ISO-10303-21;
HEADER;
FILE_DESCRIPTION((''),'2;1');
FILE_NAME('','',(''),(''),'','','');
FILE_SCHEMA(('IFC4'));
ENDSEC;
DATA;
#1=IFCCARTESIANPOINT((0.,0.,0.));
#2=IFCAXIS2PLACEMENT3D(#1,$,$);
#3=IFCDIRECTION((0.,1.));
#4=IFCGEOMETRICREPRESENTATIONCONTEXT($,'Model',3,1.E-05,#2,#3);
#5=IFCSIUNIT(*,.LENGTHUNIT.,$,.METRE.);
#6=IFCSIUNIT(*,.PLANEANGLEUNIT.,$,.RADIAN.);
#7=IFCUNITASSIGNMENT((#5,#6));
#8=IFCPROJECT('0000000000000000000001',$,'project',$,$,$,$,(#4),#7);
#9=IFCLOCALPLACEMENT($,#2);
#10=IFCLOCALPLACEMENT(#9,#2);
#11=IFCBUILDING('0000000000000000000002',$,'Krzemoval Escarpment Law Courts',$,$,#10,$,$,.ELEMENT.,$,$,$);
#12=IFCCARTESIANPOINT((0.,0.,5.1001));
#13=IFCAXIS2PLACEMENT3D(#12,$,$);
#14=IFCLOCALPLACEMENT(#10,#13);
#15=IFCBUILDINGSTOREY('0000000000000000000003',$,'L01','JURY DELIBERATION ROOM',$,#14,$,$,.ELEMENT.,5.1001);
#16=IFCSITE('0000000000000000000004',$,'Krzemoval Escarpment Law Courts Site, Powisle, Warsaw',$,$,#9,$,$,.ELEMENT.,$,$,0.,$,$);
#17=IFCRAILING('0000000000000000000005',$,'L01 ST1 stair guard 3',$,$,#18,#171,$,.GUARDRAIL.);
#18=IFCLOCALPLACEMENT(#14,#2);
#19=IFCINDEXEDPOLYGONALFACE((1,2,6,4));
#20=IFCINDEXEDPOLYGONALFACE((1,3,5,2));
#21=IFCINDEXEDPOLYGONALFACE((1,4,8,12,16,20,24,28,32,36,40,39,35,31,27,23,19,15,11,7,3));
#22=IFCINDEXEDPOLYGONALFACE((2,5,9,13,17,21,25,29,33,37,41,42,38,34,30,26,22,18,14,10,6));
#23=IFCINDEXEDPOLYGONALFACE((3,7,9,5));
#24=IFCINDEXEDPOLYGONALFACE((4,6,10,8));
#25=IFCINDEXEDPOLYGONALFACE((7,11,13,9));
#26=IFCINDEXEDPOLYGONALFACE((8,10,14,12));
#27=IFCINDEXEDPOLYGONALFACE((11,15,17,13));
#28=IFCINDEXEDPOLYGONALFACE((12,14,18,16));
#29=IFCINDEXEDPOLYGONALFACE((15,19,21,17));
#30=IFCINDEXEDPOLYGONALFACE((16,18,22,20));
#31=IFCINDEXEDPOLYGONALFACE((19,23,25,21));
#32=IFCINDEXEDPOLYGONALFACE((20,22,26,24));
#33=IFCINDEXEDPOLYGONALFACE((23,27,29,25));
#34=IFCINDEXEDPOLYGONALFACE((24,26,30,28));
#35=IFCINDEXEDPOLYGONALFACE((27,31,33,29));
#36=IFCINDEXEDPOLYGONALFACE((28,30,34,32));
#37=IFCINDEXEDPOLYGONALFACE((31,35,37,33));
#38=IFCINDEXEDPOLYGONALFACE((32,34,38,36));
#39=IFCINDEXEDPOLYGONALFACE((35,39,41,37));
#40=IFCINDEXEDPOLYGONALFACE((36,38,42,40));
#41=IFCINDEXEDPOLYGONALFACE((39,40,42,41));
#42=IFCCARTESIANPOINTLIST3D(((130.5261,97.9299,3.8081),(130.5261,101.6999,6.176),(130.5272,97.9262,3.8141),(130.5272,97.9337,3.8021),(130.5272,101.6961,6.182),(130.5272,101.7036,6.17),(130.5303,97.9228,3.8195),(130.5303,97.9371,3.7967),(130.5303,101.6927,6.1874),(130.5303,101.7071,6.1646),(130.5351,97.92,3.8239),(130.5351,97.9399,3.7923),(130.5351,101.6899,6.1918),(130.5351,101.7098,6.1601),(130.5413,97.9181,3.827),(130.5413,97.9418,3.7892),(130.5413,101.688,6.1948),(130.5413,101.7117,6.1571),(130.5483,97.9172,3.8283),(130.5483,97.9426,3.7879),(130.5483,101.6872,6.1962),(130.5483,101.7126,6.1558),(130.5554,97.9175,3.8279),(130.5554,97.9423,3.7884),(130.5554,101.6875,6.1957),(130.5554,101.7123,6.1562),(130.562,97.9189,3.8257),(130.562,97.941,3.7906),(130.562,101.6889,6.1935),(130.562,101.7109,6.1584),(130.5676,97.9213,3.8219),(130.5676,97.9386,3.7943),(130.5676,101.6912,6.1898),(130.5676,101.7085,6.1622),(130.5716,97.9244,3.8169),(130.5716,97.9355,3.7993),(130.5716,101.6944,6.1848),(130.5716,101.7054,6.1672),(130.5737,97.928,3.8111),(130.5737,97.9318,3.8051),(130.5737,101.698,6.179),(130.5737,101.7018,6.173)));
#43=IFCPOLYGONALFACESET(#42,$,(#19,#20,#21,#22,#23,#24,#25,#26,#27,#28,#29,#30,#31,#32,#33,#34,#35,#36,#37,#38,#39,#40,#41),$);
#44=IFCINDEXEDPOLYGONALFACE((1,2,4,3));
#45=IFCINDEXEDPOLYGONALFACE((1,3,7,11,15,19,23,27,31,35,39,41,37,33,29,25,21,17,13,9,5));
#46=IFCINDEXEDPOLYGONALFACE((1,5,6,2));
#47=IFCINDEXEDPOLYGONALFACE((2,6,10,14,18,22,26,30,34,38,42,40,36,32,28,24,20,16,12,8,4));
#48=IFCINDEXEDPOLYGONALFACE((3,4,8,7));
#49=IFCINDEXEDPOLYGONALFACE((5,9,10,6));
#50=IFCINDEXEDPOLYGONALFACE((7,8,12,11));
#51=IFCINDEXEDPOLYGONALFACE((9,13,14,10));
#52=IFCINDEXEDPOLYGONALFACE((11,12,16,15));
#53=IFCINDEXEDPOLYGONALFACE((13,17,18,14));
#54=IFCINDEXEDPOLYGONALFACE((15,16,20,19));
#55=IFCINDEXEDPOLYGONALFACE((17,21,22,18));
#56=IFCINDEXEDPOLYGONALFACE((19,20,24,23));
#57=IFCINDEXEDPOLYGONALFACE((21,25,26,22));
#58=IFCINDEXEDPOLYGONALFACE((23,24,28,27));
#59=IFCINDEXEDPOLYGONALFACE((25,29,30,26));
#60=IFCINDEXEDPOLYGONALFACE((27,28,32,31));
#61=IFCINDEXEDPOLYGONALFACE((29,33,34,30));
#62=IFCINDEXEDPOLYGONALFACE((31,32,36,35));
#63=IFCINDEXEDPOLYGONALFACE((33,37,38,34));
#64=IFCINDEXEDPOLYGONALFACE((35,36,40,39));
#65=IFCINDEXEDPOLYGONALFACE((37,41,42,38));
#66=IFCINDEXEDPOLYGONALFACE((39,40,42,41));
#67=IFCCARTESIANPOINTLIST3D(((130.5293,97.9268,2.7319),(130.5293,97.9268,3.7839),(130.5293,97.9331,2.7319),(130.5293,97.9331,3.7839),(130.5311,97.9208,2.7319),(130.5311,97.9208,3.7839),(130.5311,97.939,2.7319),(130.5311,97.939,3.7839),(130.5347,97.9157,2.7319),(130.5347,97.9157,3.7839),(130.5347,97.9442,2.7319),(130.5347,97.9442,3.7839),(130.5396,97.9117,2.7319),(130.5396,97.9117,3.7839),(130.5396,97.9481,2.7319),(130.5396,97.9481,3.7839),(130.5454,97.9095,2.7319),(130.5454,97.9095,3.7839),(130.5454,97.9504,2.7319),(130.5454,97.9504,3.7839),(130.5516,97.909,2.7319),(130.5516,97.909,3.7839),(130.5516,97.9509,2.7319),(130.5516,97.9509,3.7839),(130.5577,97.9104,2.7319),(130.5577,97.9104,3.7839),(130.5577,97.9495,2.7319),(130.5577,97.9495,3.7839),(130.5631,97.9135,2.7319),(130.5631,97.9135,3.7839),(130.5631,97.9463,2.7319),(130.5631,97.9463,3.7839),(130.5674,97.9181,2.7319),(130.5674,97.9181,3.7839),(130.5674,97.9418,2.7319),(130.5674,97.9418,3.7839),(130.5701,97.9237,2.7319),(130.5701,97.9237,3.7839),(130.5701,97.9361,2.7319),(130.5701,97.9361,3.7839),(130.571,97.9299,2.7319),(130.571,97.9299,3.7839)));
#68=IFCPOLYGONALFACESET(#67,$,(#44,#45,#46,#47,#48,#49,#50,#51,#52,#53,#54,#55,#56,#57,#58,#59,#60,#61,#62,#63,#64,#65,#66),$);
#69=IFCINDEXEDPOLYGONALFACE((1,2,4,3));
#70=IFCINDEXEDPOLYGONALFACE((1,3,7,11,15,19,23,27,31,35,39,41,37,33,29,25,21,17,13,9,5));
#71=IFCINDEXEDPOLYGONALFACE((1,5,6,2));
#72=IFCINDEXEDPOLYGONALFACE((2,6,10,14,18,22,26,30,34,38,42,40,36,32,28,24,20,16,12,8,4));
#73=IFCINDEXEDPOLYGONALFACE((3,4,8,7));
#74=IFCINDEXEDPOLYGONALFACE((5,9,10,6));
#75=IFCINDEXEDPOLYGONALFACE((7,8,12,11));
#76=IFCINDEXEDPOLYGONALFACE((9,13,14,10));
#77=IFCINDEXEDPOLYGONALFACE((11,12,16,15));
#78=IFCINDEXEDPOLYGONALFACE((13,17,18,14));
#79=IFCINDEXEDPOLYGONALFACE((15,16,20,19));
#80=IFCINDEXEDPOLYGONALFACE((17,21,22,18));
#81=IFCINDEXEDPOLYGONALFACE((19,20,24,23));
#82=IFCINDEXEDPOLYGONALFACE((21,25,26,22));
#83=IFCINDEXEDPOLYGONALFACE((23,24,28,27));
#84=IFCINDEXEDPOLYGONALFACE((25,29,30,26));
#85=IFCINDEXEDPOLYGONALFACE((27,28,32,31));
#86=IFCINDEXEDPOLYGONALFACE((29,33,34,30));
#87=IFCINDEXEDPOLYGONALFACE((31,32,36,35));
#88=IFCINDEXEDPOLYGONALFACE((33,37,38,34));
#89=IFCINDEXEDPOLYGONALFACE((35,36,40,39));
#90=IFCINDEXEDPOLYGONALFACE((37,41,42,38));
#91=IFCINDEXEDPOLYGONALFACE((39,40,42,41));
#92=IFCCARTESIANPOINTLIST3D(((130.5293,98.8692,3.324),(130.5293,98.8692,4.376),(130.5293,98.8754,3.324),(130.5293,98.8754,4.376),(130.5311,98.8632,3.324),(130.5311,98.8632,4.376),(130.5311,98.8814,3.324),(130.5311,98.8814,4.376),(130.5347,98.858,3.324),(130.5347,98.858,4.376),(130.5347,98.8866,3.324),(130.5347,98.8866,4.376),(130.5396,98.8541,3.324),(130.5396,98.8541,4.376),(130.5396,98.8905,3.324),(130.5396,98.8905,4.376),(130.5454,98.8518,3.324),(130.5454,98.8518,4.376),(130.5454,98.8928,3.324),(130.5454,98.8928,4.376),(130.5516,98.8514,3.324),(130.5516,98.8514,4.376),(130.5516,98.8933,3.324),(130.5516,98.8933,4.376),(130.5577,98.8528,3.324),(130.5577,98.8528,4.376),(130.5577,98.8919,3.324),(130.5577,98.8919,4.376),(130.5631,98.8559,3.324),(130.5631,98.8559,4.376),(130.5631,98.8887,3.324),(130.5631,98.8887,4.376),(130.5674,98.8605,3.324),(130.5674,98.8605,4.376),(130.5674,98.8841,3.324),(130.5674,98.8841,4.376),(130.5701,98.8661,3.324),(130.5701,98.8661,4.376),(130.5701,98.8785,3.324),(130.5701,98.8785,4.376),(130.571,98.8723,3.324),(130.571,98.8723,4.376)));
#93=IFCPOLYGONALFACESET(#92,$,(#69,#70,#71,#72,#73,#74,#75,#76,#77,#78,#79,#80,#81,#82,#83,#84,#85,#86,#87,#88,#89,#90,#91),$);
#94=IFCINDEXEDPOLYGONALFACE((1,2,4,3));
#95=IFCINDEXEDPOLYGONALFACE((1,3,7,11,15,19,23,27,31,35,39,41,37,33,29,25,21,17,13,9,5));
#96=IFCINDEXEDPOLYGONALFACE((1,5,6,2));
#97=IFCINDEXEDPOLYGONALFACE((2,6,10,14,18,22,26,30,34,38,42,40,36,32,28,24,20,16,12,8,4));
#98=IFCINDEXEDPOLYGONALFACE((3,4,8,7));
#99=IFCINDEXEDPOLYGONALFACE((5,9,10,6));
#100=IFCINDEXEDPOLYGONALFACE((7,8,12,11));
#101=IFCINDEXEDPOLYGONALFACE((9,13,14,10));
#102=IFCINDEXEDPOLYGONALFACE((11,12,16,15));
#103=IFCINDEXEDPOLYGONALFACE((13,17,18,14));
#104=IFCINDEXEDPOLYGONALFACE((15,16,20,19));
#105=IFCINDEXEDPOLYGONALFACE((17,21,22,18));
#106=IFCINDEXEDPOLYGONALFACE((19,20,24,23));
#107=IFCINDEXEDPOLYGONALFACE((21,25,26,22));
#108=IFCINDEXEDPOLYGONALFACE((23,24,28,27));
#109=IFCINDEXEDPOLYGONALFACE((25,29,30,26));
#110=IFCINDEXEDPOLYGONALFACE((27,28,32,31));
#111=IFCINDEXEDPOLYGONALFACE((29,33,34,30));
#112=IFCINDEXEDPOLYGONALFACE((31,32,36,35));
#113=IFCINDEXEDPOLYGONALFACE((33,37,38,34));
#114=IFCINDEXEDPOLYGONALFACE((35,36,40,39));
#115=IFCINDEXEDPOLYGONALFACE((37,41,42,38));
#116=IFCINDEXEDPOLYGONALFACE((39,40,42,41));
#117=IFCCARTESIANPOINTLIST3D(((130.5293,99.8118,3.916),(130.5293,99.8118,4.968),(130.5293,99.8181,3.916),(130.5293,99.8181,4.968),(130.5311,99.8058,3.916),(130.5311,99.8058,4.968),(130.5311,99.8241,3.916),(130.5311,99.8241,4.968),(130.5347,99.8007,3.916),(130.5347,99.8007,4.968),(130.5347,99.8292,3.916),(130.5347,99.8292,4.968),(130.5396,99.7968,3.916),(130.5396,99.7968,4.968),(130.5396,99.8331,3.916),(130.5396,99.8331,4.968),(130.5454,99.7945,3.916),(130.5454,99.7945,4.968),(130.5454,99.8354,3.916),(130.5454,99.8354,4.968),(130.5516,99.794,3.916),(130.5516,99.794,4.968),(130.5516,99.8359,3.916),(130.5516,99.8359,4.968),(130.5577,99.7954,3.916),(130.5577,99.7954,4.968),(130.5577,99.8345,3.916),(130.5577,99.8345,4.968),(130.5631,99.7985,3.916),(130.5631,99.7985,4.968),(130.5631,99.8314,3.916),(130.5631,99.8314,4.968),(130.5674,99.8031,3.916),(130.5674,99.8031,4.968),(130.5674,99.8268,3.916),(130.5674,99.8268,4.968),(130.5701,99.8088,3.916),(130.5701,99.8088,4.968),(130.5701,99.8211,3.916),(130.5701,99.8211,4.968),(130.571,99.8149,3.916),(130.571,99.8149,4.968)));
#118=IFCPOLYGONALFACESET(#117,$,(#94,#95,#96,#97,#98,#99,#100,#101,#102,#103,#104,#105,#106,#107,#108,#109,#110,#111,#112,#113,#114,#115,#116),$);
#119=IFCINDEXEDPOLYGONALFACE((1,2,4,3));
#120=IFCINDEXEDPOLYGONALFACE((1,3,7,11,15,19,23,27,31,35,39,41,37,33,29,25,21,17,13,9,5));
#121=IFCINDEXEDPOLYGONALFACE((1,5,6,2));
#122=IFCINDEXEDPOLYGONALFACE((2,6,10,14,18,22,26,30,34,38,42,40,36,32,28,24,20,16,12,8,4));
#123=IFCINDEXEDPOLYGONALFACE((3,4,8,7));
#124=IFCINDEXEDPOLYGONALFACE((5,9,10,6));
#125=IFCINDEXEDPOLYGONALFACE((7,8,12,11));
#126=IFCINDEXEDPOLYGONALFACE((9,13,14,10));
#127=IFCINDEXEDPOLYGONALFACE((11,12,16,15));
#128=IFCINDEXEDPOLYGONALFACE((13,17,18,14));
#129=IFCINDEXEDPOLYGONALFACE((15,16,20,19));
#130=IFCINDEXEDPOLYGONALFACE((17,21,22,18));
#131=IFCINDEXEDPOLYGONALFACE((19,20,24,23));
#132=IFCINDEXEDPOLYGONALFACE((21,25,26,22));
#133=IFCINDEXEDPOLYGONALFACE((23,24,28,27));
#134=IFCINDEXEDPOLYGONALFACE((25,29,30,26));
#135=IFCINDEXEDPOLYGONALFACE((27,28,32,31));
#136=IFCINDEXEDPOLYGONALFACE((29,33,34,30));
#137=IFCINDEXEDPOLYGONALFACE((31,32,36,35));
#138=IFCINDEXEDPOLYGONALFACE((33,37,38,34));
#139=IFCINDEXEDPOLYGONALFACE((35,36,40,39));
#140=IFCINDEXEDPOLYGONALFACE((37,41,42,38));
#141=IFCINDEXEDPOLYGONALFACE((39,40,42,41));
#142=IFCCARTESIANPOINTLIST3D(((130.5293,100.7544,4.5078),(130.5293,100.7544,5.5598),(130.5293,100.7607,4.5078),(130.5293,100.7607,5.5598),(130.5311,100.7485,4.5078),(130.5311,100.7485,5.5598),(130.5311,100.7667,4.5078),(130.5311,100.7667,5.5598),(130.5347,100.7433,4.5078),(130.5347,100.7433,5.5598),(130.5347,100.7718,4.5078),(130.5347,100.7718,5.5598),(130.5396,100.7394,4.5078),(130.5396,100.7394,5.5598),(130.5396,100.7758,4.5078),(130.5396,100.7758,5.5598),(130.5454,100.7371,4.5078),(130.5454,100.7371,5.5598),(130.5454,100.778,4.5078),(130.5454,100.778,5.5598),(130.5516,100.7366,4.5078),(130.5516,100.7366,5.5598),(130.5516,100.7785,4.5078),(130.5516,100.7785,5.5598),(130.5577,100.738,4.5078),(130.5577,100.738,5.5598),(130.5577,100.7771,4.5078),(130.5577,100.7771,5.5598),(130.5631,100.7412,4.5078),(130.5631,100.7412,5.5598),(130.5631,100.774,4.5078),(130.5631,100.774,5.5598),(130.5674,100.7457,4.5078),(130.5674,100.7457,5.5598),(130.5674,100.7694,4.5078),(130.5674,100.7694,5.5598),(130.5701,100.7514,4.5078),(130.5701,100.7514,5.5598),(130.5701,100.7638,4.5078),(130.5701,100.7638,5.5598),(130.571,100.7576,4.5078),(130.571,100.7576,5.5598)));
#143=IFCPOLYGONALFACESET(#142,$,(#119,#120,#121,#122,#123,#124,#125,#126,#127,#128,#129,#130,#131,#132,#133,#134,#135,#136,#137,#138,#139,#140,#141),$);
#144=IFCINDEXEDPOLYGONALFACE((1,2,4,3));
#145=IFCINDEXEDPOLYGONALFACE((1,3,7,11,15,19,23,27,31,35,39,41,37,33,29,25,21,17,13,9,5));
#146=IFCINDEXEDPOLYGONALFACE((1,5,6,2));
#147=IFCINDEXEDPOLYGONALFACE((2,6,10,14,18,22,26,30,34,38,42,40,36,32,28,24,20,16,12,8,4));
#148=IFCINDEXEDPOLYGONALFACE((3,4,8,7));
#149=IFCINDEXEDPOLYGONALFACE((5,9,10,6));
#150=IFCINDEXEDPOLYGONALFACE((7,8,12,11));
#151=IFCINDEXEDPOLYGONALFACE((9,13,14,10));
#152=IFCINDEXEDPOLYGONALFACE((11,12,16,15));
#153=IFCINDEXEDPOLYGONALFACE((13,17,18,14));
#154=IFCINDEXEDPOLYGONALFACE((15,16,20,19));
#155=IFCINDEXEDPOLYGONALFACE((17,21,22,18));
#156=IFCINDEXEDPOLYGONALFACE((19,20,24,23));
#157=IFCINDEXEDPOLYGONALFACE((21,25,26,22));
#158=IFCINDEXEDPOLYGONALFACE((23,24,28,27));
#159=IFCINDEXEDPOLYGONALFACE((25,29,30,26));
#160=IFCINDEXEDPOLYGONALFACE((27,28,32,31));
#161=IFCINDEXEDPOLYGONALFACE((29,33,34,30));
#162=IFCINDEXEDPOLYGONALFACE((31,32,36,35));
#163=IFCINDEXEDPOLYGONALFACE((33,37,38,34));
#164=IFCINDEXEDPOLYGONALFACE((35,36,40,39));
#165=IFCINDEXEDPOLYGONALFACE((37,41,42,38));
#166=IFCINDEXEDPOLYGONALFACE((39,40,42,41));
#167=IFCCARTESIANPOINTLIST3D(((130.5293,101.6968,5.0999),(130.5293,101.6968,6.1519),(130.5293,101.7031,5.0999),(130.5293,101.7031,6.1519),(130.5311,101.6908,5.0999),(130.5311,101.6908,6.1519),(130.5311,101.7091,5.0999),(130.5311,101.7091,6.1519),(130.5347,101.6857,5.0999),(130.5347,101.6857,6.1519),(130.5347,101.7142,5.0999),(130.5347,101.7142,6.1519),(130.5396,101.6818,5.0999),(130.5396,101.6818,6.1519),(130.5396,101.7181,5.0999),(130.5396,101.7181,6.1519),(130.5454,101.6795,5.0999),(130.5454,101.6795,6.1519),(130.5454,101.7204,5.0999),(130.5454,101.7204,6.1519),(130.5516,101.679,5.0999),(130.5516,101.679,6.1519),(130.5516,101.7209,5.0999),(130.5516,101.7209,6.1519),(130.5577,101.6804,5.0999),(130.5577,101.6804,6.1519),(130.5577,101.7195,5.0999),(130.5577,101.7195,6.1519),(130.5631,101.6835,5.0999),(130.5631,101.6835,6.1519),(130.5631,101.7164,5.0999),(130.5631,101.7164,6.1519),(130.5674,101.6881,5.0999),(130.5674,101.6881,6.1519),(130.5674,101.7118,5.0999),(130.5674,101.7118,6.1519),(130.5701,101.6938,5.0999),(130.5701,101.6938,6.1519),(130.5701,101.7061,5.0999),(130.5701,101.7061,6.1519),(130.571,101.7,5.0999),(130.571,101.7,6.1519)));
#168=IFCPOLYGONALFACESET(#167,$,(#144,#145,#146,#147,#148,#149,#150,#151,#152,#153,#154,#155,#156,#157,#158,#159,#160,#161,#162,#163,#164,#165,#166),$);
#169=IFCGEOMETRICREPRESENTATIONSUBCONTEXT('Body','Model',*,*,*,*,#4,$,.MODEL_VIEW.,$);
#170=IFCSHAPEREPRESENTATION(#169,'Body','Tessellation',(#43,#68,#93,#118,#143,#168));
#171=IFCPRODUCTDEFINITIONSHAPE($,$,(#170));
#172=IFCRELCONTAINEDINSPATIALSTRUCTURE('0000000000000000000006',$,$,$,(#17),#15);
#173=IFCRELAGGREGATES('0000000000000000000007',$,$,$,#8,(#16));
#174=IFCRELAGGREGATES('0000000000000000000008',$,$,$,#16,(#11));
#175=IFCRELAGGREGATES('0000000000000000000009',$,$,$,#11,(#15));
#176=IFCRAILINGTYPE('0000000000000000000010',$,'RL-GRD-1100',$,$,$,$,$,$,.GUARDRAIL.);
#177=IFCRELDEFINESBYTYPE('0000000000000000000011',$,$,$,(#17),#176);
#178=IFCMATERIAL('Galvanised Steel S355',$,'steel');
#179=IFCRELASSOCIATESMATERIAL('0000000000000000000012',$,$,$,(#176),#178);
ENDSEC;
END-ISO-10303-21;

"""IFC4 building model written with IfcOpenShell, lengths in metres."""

from ifc_helpers import new_model, si_unit, direction, frame, origin, origin_2d, place, context, subcontext, project, spatial, circle, extrude, material, type_object, element, save


model = new_model("IFC4")

# Units and contexts
model_context = context("Model", 3, precision=1e-05, world=origin(), true_north=direction((0.0, 1.0)))
body_context = subcontext(model_context, "Body", "Model", "MODEL_VIEW")
ifc_project = project(units=[si_unit("LENGTHUNIT", "METRE"), si_unit("PLANEANGLEUNIT", "RADIAN")], contexts=[model_context])

# Site, building, storey
site_placement = place(None, origin())
site = spatial("IfcSite", under=ifc_project, at=site_placement, Name="Krzemoval Escarpment Law Courts Site, Powisle, Warsaw", CompositionType="ELEMENT", RefElevation=0.0)
building_placement = place(site_placement, origin())
building = spatial("IfcBuilding", under=site, at=building_placement, Name="Krzemoval Escarpment Law Courts", CompositionType="ELEMENT")
storey_placement = place(building_placement, frame((0.0, 0.0, 5.1001)))
storey = spatial("IfcBuildingStorey", under=building, at=storey_placement, Name="L01", Description="JURY DELIBERATION ROOM", CompositionType="ELEMENT", Elevation=5.1001)

# Railing
ifc_material_1 = material(Name="Galvanised Steel S355", Category="steel")
railing_type_1 = type_object("IfcRailingType", Name="RL-GRD-1100", PredefinedType="GUARDRAIL", material=ifc_material_1)
railing_1_placement = place(storey_placement, frame((130.55, 97.9299, 2.7319)))
element("IfcRailing", 1, at=railing_1_placement, inside=storey, type_object=railing_type_1, Name="L01 ST1 stair guard 3", PredefinedType="GUARDRAIL", context=body_context, shape_type="SweptSolid", body=[
    extrude(circle(Radius=0.0239, at=origin_2d()), frame((0.0, 0.0, 1.0762), z_axis=(0.0, 0.846819, 0.531881), x_axis=(-1.0, 0.0, 0.0)), (0.0, 0.0, 1.0), 4.4519),
    extrude(circle(Radius=0.021, at=origin_2d()), origin(), (0.0, 0.0, 1.0), 1.052),
    extrude(circle(Radius=0.021, at=origin_2d()), frame((0.0, 0.9424, 0.592)), (0.0, 0.0, 1.0), 1.052),
    extrude(circle(Radius=0.021, at=origin_2d()), frame((0.0, 1.885, 1.1841)), (0.0, 0.0, 1.0), 1.052),
    extrude(circle(Radius=0.021, at=origin_2d()), frame((0.0, 2.8276, 1.7759)), (0.0, 0.0, 1.0), 1.052),
    extrude(circle(Radius=0.021, at=origin_2d()), frame((0.0, 3.77, 2.3679)), (0.0, 0.0, 1.0), 1.052),
])

save(model, "model.ifc")
